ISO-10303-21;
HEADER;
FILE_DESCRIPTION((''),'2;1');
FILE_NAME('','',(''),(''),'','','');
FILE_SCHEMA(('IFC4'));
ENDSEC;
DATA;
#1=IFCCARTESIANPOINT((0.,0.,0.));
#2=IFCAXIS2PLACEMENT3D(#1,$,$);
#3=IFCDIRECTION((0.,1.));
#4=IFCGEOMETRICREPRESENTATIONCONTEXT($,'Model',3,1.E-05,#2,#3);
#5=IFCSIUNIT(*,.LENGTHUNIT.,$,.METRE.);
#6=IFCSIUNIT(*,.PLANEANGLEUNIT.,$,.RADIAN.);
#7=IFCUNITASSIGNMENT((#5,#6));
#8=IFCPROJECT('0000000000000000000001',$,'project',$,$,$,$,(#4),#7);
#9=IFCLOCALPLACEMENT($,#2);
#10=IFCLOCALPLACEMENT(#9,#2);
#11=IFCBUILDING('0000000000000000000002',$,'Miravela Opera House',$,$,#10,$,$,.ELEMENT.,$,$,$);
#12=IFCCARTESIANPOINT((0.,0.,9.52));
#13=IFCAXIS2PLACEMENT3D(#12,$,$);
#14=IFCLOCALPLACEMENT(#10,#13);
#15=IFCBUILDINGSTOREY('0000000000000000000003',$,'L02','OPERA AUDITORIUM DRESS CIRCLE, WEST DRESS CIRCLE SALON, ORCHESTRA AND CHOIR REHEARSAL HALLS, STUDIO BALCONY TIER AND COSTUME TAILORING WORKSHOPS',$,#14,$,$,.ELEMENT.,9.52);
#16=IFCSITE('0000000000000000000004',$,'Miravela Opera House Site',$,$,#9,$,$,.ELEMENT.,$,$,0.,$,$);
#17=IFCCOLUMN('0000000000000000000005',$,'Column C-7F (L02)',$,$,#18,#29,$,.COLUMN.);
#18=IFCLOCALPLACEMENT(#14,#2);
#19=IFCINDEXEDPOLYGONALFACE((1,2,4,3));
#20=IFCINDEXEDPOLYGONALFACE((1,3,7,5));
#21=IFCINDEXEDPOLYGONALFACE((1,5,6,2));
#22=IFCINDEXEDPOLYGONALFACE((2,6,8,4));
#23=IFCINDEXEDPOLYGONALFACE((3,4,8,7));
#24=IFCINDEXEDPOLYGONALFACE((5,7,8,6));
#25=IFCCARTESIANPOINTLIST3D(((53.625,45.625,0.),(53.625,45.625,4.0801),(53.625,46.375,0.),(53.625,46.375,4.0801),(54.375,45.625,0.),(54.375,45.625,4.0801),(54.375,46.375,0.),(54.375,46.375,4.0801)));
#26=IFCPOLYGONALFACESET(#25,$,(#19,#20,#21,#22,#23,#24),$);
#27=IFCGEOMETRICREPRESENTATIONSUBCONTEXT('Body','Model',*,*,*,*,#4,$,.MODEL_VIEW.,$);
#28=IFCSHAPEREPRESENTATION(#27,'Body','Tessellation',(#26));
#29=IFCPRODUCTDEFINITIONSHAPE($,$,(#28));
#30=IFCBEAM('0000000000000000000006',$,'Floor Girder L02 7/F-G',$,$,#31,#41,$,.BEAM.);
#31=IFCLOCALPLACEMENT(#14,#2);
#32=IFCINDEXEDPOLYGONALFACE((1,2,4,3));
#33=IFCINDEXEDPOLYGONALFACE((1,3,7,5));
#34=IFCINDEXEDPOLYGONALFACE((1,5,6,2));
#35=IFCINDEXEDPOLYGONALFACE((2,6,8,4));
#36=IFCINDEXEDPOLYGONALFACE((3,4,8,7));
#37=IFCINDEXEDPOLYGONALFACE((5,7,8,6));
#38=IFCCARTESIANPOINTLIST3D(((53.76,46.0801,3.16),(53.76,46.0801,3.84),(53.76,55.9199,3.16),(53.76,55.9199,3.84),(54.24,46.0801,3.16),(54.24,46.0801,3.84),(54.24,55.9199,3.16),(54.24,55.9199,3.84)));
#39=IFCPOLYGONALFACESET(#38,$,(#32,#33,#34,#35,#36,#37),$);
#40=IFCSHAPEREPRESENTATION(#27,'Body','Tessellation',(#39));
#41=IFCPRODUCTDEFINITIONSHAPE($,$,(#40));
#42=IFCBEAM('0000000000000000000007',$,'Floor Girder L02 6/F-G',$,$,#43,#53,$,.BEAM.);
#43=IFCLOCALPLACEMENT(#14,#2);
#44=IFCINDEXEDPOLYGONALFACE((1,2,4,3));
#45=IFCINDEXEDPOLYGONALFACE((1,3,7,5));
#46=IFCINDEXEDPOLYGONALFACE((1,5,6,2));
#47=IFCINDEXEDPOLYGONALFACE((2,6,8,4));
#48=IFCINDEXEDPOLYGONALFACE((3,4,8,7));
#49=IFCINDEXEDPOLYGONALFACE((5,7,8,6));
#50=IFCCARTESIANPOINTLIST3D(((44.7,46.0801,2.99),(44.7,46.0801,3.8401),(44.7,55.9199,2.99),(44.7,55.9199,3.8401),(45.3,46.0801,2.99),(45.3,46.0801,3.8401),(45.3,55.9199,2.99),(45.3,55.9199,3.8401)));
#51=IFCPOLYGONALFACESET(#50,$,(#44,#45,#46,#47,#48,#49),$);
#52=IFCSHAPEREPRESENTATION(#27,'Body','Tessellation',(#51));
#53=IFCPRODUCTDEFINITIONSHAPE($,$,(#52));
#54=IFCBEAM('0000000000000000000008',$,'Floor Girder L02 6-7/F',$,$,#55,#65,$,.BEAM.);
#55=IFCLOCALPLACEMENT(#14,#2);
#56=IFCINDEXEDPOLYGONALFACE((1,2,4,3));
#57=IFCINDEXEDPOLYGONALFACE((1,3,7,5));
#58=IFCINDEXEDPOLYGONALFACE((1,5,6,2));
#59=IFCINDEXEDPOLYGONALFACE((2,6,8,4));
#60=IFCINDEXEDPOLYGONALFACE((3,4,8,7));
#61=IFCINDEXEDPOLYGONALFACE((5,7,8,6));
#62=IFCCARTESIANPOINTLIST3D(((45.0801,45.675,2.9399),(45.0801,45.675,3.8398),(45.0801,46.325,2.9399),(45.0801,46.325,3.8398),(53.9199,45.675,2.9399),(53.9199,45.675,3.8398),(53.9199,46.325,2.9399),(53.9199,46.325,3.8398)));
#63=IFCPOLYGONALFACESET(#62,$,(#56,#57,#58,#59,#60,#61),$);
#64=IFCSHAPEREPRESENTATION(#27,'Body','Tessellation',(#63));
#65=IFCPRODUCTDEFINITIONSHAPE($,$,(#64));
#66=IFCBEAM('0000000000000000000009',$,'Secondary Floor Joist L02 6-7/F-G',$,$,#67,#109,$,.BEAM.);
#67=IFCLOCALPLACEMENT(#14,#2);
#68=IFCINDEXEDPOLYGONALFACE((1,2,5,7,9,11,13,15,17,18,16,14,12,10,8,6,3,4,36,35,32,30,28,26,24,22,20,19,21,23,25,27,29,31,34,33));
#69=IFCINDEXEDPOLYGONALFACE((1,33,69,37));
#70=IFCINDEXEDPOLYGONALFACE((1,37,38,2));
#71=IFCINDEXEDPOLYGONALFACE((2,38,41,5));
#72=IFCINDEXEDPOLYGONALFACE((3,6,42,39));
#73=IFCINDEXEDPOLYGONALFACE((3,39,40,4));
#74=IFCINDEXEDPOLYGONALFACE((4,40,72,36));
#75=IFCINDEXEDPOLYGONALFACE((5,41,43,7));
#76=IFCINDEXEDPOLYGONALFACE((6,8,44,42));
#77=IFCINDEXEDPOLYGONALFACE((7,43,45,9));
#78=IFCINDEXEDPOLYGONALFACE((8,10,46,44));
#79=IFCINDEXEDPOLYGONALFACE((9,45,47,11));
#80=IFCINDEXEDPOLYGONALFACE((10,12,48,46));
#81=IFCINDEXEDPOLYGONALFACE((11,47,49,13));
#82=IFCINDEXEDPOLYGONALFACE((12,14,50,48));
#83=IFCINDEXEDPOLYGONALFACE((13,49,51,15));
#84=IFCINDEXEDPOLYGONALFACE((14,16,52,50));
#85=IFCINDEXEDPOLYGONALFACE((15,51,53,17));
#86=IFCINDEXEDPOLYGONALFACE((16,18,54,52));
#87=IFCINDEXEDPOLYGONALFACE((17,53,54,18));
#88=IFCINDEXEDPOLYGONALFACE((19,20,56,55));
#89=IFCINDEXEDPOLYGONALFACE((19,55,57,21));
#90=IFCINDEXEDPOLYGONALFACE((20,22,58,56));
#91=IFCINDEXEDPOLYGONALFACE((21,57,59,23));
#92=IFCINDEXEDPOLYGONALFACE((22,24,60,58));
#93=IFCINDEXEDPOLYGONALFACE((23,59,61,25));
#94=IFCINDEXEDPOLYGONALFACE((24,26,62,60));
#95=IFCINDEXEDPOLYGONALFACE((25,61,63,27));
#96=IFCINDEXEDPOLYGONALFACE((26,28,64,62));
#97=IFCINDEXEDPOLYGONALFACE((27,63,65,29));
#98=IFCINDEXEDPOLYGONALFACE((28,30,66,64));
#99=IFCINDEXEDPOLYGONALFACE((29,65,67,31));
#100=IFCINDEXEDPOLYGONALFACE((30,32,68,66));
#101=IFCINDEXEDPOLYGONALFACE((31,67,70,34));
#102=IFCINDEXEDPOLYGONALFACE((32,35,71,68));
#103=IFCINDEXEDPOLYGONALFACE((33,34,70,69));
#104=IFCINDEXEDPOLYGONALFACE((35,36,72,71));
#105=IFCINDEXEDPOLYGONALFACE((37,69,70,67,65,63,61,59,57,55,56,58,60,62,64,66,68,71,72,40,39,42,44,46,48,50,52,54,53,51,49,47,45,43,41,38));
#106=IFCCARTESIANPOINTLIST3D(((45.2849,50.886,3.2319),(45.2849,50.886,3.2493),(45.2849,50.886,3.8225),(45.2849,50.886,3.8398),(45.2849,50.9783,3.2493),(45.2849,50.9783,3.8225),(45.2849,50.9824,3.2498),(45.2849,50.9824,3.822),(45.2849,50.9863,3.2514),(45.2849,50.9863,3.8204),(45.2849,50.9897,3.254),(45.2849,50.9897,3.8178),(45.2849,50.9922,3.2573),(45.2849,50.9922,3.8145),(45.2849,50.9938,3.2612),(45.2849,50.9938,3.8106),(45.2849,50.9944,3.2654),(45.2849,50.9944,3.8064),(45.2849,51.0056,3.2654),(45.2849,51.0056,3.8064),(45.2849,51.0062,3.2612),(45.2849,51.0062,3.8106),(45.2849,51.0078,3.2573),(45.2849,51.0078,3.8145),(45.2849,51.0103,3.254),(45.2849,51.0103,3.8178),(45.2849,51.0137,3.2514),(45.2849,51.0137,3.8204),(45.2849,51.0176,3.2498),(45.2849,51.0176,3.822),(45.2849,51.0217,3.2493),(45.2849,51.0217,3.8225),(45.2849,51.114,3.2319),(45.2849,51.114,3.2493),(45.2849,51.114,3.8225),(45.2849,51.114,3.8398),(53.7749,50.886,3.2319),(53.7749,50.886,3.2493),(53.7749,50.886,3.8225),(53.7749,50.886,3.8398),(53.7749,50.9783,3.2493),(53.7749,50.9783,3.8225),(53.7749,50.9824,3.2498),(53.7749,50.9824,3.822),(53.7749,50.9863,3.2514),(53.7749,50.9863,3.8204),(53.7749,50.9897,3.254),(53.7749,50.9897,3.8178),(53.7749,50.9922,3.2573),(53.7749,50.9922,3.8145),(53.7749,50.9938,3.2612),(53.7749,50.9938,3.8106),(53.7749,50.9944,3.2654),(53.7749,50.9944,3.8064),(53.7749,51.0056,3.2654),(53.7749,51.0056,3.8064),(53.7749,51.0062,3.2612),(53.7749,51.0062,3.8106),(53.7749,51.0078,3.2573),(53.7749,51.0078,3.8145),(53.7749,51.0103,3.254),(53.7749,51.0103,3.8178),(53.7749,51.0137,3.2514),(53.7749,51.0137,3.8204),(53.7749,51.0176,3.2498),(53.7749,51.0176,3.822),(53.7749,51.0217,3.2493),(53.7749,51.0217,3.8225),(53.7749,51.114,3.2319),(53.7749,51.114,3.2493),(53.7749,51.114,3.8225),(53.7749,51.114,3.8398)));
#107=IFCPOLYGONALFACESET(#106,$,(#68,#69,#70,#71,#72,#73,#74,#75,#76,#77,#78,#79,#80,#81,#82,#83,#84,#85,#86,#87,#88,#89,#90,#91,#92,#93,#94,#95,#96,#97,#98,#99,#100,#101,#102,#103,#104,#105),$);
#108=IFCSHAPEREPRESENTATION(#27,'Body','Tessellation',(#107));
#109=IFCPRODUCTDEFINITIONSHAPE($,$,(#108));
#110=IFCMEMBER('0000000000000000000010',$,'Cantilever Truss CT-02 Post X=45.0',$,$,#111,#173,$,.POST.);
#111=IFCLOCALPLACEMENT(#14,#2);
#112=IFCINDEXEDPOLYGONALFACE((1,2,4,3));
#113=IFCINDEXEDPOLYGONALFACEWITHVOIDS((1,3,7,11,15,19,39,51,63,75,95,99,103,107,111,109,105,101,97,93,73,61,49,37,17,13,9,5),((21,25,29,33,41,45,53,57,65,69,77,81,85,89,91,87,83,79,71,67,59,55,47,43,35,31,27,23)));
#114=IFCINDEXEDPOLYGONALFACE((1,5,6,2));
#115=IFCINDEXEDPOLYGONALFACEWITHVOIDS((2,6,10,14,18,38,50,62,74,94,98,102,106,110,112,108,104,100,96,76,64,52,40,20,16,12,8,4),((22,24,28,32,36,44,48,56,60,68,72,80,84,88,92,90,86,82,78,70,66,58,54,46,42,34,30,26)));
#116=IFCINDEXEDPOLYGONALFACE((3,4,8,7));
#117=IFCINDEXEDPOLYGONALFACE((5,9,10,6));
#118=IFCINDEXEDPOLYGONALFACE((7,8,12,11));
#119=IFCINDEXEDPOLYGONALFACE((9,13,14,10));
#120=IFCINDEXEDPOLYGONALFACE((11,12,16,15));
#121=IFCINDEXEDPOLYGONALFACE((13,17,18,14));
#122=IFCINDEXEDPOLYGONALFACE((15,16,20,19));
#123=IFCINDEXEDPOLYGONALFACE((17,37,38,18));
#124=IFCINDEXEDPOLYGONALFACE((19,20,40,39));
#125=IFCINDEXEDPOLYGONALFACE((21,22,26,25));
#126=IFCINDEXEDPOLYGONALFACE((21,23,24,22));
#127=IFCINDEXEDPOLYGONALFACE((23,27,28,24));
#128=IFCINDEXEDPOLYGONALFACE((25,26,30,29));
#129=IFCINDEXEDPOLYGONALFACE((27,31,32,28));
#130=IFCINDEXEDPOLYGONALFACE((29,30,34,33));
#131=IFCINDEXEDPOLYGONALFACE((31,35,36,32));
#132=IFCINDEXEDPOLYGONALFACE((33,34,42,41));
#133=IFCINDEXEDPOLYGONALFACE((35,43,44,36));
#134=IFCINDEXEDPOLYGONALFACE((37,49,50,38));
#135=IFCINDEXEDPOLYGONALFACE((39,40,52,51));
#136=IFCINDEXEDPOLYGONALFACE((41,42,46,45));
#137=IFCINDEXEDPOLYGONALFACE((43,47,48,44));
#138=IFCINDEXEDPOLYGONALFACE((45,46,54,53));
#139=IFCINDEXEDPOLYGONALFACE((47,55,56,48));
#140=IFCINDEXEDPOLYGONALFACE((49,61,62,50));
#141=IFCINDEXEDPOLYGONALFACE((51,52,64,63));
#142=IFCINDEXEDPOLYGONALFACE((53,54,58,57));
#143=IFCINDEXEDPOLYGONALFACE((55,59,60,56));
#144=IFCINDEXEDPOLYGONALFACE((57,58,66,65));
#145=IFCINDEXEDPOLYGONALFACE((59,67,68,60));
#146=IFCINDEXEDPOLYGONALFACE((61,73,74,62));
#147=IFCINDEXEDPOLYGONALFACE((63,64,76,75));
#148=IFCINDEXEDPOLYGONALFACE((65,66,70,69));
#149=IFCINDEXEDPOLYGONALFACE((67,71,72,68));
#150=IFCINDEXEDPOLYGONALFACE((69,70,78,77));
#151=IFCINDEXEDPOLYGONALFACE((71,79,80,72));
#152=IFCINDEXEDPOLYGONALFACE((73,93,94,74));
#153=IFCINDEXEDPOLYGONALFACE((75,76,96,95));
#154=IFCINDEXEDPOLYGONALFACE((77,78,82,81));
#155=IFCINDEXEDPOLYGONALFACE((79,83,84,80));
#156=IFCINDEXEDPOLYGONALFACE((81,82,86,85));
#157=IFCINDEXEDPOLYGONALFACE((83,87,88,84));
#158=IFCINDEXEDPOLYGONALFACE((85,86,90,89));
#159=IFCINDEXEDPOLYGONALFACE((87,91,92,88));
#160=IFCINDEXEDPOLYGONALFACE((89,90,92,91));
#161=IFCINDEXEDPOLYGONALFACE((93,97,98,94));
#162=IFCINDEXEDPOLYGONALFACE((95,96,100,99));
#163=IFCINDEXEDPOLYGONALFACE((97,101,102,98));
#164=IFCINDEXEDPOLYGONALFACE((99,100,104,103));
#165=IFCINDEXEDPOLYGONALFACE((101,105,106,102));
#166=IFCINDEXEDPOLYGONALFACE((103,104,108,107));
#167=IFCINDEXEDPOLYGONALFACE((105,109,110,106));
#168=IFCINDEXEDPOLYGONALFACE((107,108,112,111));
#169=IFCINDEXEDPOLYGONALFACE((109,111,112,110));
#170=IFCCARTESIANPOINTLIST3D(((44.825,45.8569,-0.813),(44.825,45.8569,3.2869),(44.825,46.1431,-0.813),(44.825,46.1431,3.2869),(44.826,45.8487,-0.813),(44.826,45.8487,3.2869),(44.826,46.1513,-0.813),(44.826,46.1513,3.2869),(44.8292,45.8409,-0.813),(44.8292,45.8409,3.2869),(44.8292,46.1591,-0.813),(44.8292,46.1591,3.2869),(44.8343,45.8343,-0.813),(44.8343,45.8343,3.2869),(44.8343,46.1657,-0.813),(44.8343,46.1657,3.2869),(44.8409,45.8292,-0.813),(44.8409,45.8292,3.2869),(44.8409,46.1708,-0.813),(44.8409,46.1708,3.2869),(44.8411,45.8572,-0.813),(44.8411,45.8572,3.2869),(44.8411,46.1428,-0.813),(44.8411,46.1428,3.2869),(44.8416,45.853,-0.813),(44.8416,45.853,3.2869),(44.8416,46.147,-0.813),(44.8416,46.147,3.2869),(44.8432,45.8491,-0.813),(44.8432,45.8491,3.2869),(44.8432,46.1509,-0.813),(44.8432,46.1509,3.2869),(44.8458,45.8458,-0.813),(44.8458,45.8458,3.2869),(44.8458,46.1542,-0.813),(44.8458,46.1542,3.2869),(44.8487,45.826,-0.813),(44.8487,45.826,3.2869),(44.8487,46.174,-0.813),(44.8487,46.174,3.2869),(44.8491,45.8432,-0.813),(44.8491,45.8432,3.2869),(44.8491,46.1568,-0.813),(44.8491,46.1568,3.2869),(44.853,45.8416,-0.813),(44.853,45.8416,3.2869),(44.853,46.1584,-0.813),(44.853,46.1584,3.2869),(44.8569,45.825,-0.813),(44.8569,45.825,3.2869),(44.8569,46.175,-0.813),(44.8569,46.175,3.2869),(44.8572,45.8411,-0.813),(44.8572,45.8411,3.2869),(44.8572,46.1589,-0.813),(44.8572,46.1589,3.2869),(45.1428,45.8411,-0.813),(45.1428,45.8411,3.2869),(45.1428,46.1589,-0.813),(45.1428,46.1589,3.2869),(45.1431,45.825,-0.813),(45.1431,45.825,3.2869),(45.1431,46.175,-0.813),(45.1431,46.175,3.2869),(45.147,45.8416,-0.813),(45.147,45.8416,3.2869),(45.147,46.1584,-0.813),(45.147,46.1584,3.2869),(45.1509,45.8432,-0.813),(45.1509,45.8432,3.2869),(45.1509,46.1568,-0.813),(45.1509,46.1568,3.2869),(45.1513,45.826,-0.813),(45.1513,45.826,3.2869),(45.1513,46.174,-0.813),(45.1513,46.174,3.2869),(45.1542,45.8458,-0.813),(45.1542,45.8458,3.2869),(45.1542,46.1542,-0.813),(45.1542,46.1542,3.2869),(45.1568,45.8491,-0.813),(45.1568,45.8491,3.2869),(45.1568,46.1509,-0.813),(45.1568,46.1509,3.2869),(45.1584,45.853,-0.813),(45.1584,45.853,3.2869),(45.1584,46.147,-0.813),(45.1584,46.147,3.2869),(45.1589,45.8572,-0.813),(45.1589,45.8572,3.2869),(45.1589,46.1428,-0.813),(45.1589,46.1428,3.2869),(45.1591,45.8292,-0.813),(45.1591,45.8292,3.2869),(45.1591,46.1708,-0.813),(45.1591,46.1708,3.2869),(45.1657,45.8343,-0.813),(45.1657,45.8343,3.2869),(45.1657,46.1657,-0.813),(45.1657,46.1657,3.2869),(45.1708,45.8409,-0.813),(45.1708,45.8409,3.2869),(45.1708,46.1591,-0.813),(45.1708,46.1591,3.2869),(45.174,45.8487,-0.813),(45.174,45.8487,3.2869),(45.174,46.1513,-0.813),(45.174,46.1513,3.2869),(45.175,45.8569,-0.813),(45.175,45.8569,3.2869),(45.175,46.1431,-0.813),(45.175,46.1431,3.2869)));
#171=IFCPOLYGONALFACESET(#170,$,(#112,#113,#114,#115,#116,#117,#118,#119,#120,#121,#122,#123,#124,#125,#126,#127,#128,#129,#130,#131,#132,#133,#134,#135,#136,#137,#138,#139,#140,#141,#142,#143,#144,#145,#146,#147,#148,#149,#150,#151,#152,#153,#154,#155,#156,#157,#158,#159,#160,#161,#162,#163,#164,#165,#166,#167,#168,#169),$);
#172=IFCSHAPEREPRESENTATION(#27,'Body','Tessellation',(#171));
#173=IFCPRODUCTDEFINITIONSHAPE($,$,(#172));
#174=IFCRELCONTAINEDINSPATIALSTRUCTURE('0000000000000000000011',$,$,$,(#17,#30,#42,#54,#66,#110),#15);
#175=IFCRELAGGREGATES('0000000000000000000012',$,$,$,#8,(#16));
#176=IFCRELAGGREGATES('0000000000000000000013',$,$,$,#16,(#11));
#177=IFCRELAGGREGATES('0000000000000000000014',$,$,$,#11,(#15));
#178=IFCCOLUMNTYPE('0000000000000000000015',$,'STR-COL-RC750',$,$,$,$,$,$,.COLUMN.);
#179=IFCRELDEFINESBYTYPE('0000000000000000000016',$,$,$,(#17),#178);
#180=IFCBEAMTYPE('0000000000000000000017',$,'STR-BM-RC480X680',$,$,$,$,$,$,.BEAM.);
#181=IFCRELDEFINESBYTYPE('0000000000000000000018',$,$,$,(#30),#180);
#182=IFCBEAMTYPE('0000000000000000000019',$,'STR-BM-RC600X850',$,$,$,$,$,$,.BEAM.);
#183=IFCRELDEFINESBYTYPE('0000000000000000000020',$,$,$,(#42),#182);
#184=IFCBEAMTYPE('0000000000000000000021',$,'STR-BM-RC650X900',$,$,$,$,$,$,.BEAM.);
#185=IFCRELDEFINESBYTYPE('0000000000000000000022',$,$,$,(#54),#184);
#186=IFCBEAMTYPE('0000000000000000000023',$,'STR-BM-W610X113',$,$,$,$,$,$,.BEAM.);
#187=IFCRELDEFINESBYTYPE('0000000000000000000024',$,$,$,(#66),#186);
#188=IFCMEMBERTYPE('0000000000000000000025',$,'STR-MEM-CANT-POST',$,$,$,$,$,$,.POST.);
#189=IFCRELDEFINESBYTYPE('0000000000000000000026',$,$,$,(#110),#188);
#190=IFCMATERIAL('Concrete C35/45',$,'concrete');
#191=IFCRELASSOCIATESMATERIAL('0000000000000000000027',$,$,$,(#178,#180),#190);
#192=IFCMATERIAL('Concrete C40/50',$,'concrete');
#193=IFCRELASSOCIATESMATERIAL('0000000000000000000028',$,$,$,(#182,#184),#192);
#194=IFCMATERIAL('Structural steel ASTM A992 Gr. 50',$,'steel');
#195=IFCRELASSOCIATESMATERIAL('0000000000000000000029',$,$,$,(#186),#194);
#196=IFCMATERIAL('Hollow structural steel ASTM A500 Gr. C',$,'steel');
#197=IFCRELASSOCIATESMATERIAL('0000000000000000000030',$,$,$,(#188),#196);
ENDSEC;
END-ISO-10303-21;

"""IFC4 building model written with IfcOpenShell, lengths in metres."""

from ifc_helpers import new_model, si_unit, direction, frame, origin, origin_2d, place, context, subcontext, project, spatial, rectangle, hollow_rectangle, i_section, extrude, material, material_profile, profile_set, type_object, element, save


model = new_model("IFC4")

# Units and contexts
model_context = context("Model", 3, precision=1e-05, world=origin(), true_north=direction((0.0, 1.0)))
body_context = subcontext(model_context, "Body", "Model", "MODEL_VIEW")
ifc_project = project(units=[si_unit("LENGTHUNIT", "METRE"), si_unit("PLANEANGLEUNIT", "RADIAN")], contexts=[model_context])

# Site, building, storey
site_placement = place(None, origin())
site = spatial("IfcSite", under=ifc_project, at=site_placement, Name="Miravela Opera House Site", CompositionType="ELEMENT", RefElevation=0.0)
building_placement = place(site_placement, origin())
building = spatial("IfcBuilding", under=site, at=building_placement, Name="Miravela Opera House", CompositionType="ELEMENT")
storey_placement = place(building_placement, frame((0.0, 0.0, 9.52)))
storey = spatial("IfcBuildingStorey", under=building, at=storey_placement, Name="L02", Description="OPERA AUDITORIUM DRESS CIRCLE, WEST DRESS CIRCLE SALON, ORCHESTRA AND CHOIR REHEARSAL HALLS, STUDIO BALCONY TIER AND COSTUME TAILORING WORKSHOPS", CompositionType="ELEMENT", Elevation=9.52)

# Column
ifc_material_1 = material(Name="Hollow structural steel ASTM A500 Gr. C", Category="steel")
ifc_material_2 = material(Name="Concrete C35/45", Category="concrete")
ifc_material_profile_1 = material_profile(ifc_material_2, rectangle(XDim=0.75, YDim=0.75, at=origin_2d()), Name="RC-COL-750X750")
ifc_profile_set_1 = profile_set([ifc_material_profile_1])
column_type_1 = type_object("IfcColumnType", Name="STR-COL-RC750", PredefinedType="COLUMN", material=ifc_profile_set_1)
column_placement = place(storey_placement, frame((54.0, 46.0, 0.0), z_axis=(0.0, 0.0, 1.0), x_axis=(1.0, 0.0, 0.0)))
element("IfcColumn", 1, at=column_placement, inside=storey, type_object=column_type_1, Name="Column C-7F (L02)", PredefinedType="COLUMN", context=body_context, shape_type="SweptSolid", body=[
    extrude(rectangle(XDim=0.75, YDim=0.75, at=origin_2d()), origin(), (0.0, 0.0, 1.0), 4.0801),
])

# Beams
ifc_material_profile_2 = material_profile(ifc_material_2, rectangle(XDim=0.48, YDim=0.6799, at=origin_2d()), Name="RC-BM-480X680")
ifc_profile_set_2 = profile_set([ifc_material_profile_2])
beam_type_1 = type_object("IfcBeamType", Name="STR-BM-RC480X680", PredefinedType="BEAM", material=ifc_profile_set_2)
beam_1_placement = place(storey_placement, frame((54.0, 46.0801, 3.5), z_axis=(0.0, 1.0, 0.0), x_axis=(-1.0, 0.0, 0.0)))
element("IfcBeam", 2, at=beam_1_placement, inside=storey, type_object=beam_type_1, Name="Floor Girder L02 7/F-G", PredefinedType="BEAM", context=body_context, shape_type="SweptSolid", body=[
    extrude(rectangle(XDim=0.48, YDim=0.6799, at=origin_2d()), origin(), (0.0, 0.0, 1.0), 9.8398),
])
ifc_material_3 = material(Name="Concrete C40/50", Category="concrete")
ifc_material_profile_3 = material_profile(ifc_material_3, rectangle(XDim=0.6001, YDim=0.8501, at=origin_2d()), Name="RC-BM-600X850")
ifc_profile_set_3 = profile_set([ifc_material_profile_3])
beam_type_2 = type_object("IfcBeamType", Name="STR-BM-RC600X850", PredefinedType="BEAM", material=ifc_profile_set_3)
beam_2_placement = place(storey_placement, frame((45.0, 46.0801, 3.415), z_axis=(0.0, 1.0, 0.0), x_axis=(-1.0, 0.0, 0.0)))
element("IfcBeam", 3, at=beam_2_placement, inside=storey, type_object=beam_type_2, Name="Floor Girder L02 6/F-G", PredefinedType="BEAM", context=body_context, shape_type="SweptSolid", body=[
    extrude(rectangle(XDim=0.6001, YDim=0.8501, at=origin_2d()), origin(), (0.0, 0.0, 1.0), 9.8398),
])
ifc_material_profile_4 = material_profile(ifc_material_3, rectangle(XDim=0.6499, YDim=0.8999, at=origin_2d()), Name="RC-BM-650X900")
ifc_profile_set_4 = profile_set([ifc_material_profile_4])
beam_type_3 = type_object("IfcBeamType", Name="STR-BM-RC650X900", PredefinedType="BEAM", material=ifc_profile_set_4)
beam_3_placement = place(storey_placement, frame((45.0801, 46.0, 3.3899), z_axis=(1.0, 0.0, 0.0), x_axis=(0.0, 1.0, 0.0)))
element("IfcBeam", 4, at=beam_3_placement, inside=storey, type_object=beam_type_3, Name="Floor Girder L02 6-7/F", PredefinedType="BEAM", context=body_context, shape_type="SweptSolid", body=[
    extrude(rectangle(XDim=0.6499, YDim=0.8999, at=origin_2d()), origin(), (0.0, 0.0, 1.0), 8.8398),
])
ifc_material_4 = material(Name="Structural steel ASTM A992 Gr. 50", Category="steel")
ifc_material_profile_5 = material_profile(ifc_material_4, i_section(OverallWidth=0.228, OverallDepth=0.6079, WebThickness=0.0112, FlangeThickness=0.0173, FilletRadius=0.0161, at=origin_2d()), Name="W610X113")
ifc_profile_set_5 = profile_set([ifc_material_profile_5])
beam_type_4 = type_object("IfcBeamType", Name="STR-BM-W610X113", PredefinedType="BEAM", material=ifc_profile_set_5)
beam_4_placement = place(storey_placement, frame((45.2849, 51.0, 3.5359), z_axis=(1.0, 0.0, 0.0), x_axis=(0.0, 1.0, 0.0)))
element("IfcBeam", 5, at=beam_4_placement, inside=storey, type_object=beam_type_4, Name="Secondary Floor Joist L02 6-7/F-G", PredefinedType="BEAM", context=body_context, shape_type="SweptSolid", body=[
    extrude(i_section(OverallWidth=0.228, OverallDepth=0.6079, WebThickness=0.0112, FlangeThickness=0.0173, FilletRadius=0.0161, at=origin_2d()), origin(), (0.0, 0.0, 1.0), 8.49),
])

# Member
ifc_material_profile_6 = material_profile(ifc_material_1, hollow_rectangle(XDim=0.3501, YDim=0.3501, WallThickness=0.0161, InnerFilletRadius=0.0161, OuterFilletRadius=0.032, at=origin_2d()), Name="HSS350X350X16")
ifc_profile_set_6 = profile_set([ifc_material_profile_6])
member_type = type_object("IfcMemberType", Name="STR-MEM-CANT-POST", PredefinedType="POST", material=ifc_profile_set_6)
member_placement = place(storey_placement, frame((45.0, 46.0, -0.813), z_axis=(0.0, 0.0, 1.0), x_axis=(1.0, 0.0, 0.0)))
element("IfcMember", 6, at=member_placement, inside=storey, type_object=member_type, Name="Cantilever Truss CT-02 Post X=45.0", PredefinedType="POST", context=body_context, shape_type="SweptSolid", body=[
    extrude(hollow_rectangle(XDim=0.3501, YDim=0.3501, WallThickness=0.0161, InnerFilletRadius=0.0161, OuterFilletRadius=0.032, at=origin_2d()), origin(), (0.0, 0.0, 1.0), 4.0999),
])

save(model, "model.ifc")
